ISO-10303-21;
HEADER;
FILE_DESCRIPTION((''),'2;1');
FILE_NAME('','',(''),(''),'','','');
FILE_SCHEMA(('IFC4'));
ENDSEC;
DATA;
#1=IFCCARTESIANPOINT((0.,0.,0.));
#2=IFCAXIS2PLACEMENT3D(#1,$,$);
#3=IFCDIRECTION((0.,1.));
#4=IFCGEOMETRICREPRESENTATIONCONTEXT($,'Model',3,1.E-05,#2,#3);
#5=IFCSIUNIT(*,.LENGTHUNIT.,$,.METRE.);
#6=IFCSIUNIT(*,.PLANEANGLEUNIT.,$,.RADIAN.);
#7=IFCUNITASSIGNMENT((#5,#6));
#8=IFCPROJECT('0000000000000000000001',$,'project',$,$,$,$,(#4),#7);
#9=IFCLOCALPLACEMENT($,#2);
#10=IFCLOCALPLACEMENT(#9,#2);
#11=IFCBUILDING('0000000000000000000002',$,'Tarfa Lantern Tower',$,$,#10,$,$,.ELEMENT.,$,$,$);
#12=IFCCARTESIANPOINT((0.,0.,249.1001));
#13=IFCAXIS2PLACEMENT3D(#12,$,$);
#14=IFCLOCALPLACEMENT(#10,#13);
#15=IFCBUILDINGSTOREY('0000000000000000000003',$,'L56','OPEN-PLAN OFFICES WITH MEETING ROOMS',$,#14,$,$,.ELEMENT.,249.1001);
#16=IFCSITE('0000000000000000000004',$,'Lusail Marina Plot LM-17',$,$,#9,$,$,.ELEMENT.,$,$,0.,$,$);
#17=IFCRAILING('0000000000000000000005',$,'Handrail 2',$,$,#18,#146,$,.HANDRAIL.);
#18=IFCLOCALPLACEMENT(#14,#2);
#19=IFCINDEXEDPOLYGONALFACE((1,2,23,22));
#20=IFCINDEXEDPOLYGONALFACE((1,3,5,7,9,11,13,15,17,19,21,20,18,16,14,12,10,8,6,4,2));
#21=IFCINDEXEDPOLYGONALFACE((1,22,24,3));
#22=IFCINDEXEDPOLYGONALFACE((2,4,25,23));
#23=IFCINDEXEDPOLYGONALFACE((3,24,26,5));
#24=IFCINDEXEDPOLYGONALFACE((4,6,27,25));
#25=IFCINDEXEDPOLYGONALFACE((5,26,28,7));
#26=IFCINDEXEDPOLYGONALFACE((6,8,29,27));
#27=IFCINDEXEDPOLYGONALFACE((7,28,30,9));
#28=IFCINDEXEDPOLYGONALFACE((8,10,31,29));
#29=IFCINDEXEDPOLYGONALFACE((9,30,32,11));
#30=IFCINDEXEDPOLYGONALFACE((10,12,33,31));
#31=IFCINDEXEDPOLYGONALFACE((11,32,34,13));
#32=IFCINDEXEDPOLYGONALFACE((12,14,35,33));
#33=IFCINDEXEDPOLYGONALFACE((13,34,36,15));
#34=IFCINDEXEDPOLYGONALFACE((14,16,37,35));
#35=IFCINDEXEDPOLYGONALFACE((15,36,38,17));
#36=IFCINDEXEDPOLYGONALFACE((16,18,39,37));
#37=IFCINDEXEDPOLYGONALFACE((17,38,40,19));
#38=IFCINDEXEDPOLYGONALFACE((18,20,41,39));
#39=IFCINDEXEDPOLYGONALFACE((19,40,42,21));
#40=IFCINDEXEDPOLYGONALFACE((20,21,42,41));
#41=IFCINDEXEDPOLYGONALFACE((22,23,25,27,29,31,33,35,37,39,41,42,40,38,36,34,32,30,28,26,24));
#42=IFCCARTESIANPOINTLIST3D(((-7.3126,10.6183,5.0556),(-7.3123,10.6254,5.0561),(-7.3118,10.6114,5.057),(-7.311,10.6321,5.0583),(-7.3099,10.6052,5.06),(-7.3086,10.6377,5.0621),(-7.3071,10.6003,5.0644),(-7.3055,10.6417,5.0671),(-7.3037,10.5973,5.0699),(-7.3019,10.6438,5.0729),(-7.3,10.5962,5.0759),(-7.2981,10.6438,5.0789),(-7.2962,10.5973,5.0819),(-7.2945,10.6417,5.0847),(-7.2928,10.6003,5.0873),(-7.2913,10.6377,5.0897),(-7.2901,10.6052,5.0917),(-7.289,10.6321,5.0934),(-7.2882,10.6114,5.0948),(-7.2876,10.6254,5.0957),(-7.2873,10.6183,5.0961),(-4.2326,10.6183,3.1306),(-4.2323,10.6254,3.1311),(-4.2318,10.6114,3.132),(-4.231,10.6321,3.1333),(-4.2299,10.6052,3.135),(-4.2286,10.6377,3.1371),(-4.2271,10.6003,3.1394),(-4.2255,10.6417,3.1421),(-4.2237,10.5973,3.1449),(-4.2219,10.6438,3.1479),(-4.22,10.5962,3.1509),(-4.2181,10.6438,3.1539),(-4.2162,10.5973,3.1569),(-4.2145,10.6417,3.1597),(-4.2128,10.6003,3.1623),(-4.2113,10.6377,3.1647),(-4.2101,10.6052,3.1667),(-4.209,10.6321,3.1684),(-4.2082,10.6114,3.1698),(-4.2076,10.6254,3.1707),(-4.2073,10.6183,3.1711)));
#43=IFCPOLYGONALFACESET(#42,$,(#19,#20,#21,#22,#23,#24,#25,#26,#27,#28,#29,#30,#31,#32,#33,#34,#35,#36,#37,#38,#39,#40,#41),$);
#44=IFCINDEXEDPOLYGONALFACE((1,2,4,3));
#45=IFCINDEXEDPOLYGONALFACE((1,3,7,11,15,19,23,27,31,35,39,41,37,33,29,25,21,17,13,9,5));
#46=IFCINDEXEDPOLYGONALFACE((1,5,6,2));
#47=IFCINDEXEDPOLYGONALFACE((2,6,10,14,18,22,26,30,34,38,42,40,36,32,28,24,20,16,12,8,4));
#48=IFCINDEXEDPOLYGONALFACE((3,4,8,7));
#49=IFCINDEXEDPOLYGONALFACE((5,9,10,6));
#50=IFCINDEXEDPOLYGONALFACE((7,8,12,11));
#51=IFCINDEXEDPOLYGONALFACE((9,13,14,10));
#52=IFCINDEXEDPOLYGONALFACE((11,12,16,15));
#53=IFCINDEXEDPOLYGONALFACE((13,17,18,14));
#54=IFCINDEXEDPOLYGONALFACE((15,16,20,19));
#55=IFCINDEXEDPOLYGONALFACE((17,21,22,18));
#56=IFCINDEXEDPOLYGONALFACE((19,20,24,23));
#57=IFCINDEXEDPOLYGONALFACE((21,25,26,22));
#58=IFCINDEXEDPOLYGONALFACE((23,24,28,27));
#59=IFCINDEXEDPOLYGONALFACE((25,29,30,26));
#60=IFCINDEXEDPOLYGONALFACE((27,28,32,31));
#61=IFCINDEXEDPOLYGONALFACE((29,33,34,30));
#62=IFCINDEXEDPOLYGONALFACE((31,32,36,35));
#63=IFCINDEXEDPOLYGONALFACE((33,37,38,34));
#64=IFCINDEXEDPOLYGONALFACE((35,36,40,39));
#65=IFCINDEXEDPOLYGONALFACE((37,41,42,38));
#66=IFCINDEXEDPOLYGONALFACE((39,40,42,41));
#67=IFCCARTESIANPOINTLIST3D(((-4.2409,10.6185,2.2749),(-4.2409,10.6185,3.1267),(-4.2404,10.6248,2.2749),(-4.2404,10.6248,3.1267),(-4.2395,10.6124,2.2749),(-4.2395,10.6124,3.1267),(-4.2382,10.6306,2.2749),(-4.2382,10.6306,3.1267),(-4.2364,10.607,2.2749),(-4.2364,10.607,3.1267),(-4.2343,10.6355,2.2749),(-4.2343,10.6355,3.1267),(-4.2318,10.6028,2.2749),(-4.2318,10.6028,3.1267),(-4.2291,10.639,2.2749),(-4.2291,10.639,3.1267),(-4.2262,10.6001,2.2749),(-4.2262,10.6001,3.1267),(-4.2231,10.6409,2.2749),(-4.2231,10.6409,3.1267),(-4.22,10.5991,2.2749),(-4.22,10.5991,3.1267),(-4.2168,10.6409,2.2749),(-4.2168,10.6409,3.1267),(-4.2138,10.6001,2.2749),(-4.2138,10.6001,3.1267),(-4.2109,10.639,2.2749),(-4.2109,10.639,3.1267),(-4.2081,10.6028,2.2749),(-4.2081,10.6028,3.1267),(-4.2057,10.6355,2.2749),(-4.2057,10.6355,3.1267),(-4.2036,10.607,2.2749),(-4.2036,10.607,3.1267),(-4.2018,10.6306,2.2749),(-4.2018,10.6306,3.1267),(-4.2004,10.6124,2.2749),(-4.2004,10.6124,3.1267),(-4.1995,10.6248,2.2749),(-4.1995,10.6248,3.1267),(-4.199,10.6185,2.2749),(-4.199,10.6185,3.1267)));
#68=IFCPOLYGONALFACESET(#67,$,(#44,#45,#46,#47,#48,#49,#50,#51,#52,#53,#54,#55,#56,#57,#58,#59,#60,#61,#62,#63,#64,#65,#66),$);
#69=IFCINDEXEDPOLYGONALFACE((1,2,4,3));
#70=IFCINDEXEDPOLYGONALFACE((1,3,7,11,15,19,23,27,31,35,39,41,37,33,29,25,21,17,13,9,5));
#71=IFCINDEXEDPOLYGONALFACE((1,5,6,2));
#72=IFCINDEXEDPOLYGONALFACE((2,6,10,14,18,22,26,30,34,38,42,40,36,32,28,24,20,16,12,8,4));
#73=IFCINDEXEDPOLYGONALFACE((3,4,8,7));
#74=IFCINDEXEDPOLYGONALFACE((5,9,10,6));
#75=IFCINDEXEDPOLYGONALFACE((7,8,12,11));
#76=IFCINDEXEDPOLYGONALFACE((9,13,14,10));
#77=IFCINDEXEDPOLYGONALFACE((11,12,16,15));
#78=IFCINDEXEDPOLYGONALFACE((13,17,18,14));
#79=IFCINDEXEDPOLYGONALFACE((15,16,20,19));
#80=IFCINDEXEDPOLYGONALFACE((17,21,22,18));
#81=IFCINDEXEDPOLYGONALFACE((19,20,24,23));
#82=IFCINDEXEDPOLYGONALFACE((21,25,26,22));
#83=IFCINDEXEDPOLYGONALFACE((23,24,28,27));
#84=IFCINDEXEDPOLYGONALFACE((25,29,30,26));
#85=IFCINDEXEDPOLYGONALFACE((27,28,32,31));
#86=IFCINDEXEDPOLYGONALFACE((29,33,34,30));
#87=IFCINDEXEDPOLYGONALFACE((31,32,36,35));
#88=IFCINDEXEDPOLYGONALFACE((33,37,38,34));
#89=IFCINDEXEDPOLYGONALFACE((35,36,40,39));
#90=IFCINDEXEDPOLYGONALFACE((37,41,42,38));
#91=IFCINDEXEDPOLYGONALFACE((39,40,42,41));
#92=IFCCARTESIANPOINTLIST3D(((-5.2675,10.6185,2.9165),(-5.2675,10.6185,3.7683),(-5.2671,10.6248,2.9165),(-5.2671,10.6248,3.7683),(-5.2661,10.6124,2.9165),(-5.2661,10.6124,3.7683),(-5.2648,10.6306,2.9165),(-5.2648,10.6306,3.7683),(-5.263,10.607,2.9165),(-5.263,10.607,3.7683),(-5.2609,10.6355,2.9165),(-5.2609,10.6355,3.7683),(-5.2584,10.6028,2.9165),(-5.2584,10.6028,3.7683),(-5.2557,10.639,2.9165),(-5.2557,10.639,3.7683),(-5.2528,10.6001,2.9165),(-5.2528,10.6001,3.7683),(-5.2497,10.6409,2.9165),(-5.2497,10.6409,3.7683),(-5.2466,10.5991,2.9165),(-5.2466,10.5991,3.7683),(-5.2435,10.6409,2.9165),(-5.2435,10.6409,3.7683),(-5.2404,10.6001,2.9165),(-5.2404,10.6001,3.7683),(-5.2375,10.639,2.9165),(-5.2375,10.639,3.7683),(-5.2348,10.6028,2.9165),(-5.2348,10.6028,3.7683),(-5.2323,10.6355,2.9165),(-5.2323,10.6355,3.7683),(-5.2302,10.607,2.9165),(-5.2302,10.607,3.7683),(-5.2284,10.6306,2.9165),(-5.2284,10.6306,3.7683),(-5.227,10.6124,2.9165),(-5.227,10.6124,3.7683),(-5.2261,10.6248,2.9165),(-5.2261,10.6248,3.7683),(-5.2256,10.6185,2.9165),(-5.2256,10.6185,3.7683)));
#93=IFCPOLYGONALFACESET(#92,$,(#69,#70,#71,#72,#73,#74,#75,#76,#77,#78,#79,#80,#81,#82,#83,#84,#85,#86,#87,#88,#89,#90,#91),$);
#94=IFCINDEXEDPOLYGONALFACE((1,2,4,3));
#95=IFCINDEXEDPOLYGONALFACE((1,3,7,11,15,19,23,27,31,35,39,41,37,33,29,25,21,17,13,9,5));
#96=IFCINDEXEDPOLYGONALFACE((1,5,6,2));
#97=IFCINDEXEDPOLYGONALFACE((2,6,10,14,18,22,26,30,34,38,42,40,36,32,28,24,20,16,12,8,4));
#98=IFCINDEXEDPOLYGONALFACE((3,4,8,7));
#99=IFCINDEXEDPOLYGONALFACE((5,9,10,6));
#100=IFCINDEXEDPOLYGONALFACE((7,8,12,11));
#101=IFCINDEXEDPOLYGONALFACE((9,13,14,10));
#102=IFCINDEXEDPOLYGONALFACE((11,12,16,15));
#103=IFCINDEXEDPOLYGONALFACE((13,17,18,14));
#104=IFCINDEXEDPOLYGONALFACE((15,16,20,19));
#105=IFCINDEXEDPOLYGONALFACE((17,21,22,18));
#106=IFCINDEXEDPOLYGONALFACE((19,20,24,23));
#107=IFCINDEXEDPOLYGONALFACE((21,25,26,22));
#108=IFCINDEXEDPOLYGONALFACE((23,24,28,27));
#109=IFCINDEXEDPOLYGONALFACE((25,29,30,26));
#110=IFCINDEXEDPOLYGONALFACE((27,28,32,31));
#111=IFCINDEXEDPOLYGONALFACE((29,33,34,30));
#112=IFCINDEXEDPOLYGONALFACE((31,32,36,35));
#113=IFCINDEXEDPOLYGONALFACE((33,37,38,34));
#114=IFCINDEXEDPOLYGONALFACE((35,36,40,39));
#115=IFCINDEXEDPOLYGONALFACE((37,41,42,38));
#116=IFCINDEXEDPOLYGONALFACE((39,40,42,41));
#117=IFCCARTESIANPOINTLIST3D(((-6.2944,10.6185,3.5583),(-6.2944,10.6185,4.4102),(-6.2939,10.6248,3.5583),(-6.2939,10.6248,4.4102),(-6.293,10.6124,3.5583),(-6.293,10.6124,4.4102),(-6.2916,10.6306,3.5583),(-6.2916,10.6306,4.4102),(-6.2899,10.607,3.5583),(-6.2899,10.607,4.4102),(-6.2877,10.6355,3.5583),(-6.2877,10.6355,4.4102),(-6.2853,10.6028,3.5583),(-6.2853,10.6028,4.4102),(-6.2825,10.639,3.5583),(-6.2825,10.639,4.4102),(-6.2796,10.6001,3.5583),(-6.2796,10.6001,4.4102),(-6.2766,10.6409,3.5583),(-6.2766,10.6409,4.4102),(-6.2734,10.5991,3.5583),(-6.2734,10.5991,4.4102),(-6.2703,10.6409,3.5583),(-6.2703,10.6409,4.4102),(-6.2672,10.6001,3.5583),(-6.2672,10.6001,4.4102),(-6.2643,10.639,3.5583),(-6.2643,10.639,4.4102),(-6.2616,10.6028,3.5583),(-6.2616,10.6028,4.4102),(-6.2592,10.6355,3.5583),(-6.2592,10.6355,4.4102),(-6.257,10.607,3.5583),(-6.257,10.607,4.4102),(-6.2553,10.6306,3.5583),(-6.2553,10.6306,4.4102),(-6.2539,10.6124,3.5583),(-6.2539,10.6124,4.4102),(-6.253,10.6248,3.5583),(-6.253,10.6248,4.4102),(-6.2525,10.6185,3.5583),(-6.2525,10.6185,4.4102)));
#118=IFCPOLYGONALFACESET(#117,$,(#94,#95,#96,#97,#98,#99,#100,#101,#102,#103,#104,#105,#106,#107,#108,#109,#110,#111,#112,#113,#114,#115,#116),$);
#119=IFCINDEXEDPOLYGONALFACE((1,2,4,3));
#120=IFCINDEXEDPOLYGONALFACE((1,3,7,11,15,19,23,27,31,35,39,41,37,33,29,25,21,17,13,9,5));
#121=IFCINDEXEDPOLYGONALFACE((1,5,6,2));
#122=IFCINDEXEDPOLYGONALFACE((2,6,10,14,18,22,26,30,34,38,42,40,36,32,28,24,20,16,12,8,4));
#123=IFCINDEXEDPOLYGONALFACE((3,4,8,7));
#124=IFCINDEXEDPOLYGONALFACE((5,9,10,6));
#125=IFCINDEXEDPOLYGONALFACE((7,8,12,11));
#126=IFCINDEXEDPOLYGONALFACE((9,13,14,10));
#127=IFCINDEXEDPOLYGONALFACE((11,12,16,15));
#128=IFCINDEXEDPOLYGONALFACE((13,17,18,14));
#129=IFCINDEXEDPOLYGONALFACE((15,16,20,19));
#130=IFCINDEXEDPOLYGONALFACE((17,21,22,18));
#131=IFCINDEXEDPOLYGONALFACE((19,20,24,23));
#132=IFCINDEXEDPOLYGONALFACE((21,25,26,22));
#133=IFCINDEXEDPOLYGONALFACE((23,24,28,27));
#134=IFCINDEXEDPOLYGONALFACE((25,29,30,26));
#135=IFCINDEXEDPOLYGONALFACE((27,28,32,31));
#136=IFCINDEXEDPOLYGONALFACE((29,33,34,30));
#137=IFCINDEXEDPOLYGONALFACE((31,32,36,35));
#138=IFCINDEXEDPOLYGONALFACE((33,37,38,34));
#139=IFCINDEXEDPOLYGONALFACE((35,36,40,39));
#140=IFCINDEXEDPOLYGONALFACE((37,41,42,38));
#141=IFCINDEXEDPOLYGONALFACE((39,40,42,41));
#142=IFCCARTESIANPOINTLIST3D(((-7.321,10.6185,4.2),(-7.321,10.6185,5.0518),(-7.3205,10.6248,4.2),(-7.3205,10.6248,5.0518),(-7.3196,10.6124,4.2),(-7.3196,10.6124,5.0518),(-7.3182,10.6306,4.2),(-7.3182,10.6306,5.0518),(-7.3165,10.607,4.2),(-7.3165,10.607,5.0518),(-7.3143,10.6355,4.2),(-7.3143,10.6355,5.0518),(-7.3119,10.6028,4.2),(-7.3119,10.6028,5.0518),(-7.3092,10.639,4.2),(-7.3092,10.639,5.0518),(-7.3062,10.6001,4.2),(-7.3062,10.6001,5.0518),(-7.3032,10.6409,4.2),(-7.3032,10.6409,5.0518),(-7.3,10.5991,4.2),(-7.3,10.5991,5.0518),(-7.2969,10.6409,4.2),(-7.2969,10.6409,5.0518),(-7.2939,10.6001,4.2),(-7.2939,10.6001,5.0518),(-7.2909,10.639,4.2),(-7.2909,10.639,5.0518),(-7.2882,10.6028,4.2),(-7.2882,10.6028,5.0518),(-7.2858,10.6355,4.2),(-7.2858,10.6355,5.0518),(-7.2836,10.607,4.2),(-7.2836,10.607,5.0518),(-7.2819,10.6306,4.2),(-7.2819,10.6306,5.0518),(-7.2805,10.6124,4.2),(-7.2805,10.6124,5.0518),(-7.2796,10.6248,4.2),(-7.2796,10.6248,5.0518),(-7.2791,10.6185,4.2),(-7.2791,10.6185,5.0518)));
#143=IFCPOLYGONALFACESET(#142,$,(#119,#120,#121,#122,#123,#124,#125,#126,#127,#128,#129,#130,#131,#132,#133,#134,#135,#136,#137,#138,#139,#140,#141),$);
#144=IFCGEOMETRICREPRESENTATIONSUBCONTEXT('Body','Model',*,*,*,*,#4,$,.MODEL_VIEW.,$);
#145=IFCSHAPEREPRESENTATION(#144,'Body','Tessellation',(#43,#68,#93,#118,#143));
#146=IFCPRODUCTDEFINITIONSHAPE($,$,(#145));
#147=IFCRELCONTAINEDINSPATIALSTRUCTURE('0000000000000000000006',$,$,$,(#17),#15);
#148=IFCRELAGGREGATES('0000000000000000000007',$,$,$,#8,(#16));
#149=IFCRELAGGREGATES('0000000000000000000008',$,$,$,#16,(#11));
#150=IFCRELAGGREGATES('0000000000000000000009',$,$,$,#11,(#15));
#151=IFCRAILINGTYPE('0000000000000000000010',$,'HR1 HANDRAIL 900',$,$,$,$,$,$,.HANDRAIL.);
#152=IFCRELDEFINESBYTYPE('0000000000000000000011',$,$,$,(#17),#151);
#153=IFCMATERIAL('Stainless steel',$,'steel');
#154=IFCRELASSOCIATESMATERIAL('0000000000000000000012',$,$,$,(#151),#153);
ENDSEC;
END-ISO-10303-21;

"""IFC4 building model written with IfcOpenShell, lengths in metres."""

from ifc_helpers import new_model, si_unit, direction, frame, origin, origin_2d, place, context, subcontext, project, spatial, circle, extrude, material, type_object, element, save


model = new_model("IFC4")

# Units and contexts
model_context = context("Model", 3, precision=1e-05, world=origin(), true_north=direction((0.0, 1.0)))
body_context = subcontext(model_context, "Body", "Model", "MODEL_VIEW")
ifc_project = project(units=[si_unit("LENGTHUNIT", "METRE"), si_unit("PLANEANGLEUNIT", "RADIAN")], contexts=[model_context])

# Site, building, storey
site_placement = place(None, origin())
site = spatial("IfcSite", under=ifc_project, at=site_placement, Name="Lusail Marina Plot LM-17", CompositionType="ELEMENT", RefElevation=0.0)
building_placement = place(site_placement, origin())
building = spatial("IfcBuilding", under=site, at=building_placement, Name="Tarfa Lantern Tower", CompositionType="ELEMENT")
storey_placement = place(building_placement, frame((0.0, 0.0, 249.1001)))
storey = spatial("IfcBuildingStorey", under=building, at=storey_placement, Name="L56", Description="OPEN-PLAN OFFICES WITH MEETING ROOMS", CompositionType="ELEMENT", Elevation=249.1001)

# Railing
ifc_material_1 = material(Name="Stainless steel", Category="steel")
railing_type = type_object("IfcRailingType", Name="HR1 HANDRAIL 900", PredefinedType="HANDRAIL", material=ifc_material_1)
railing_1_placement = place(storey_placement, frame((-4.22, 10.6201, 2.2749)))
element("IfcRailing", 1, at=railing_1_placement, inside=storey, type_object=railing_type, Name="Handrail 2", PredefinedType="HANDRAIL", context=body_context, shape_type="SweptSolid", body=[
    extrude(circle(Radius=0.0239, at=origin_2d()), frame((0.0, 0.0, 0.876), z_axis=(-0.847998, 0.0, 0.529999), x_axis=(0.0, -1.0, 0.0)), (0.0, 0.0, 1.0), 3.6321),
    extrude(circle(Radius=0.021, at=origin_2d()), frame((0.0, 0.0, 0.0), z_axis=(0.0, 0.0, 1.0), x_axis=(0.0, -1.0, 0.0)), (0.0, 0.0, 1.0), 0.8518),
    extrude(circle(Radius=0.021, at=origin_2d()), frame((-1.0266, 0.0, 0.6416), z_axis=(0.0, 0.0, 1.0), x_axis=(0.0, -1.0, 0.0)), (0.0, 0.0, 1.0), 0.8518),
    extrude(circle(Radius=0.021, at=origin_2d()), frame((-2.0535, 0.0, 1.2834), z_axis=(0.0, 0.0, 1.0), x_axis=(0.0, -1.0, 0.0)), (0.0, 0.0, 1.0), 0.8518),
    extrude(circle(Radius=0.021, at=origin_2d()), frame((-3.0801, 0.0, 1.925), z_axis=(0.0, 0.0, 1.0), x_axis=(0.0, -1.0, 0.0)), (0.0, 0.0, 1.0), 0.8518),
])

save(model, "model.ifc")
